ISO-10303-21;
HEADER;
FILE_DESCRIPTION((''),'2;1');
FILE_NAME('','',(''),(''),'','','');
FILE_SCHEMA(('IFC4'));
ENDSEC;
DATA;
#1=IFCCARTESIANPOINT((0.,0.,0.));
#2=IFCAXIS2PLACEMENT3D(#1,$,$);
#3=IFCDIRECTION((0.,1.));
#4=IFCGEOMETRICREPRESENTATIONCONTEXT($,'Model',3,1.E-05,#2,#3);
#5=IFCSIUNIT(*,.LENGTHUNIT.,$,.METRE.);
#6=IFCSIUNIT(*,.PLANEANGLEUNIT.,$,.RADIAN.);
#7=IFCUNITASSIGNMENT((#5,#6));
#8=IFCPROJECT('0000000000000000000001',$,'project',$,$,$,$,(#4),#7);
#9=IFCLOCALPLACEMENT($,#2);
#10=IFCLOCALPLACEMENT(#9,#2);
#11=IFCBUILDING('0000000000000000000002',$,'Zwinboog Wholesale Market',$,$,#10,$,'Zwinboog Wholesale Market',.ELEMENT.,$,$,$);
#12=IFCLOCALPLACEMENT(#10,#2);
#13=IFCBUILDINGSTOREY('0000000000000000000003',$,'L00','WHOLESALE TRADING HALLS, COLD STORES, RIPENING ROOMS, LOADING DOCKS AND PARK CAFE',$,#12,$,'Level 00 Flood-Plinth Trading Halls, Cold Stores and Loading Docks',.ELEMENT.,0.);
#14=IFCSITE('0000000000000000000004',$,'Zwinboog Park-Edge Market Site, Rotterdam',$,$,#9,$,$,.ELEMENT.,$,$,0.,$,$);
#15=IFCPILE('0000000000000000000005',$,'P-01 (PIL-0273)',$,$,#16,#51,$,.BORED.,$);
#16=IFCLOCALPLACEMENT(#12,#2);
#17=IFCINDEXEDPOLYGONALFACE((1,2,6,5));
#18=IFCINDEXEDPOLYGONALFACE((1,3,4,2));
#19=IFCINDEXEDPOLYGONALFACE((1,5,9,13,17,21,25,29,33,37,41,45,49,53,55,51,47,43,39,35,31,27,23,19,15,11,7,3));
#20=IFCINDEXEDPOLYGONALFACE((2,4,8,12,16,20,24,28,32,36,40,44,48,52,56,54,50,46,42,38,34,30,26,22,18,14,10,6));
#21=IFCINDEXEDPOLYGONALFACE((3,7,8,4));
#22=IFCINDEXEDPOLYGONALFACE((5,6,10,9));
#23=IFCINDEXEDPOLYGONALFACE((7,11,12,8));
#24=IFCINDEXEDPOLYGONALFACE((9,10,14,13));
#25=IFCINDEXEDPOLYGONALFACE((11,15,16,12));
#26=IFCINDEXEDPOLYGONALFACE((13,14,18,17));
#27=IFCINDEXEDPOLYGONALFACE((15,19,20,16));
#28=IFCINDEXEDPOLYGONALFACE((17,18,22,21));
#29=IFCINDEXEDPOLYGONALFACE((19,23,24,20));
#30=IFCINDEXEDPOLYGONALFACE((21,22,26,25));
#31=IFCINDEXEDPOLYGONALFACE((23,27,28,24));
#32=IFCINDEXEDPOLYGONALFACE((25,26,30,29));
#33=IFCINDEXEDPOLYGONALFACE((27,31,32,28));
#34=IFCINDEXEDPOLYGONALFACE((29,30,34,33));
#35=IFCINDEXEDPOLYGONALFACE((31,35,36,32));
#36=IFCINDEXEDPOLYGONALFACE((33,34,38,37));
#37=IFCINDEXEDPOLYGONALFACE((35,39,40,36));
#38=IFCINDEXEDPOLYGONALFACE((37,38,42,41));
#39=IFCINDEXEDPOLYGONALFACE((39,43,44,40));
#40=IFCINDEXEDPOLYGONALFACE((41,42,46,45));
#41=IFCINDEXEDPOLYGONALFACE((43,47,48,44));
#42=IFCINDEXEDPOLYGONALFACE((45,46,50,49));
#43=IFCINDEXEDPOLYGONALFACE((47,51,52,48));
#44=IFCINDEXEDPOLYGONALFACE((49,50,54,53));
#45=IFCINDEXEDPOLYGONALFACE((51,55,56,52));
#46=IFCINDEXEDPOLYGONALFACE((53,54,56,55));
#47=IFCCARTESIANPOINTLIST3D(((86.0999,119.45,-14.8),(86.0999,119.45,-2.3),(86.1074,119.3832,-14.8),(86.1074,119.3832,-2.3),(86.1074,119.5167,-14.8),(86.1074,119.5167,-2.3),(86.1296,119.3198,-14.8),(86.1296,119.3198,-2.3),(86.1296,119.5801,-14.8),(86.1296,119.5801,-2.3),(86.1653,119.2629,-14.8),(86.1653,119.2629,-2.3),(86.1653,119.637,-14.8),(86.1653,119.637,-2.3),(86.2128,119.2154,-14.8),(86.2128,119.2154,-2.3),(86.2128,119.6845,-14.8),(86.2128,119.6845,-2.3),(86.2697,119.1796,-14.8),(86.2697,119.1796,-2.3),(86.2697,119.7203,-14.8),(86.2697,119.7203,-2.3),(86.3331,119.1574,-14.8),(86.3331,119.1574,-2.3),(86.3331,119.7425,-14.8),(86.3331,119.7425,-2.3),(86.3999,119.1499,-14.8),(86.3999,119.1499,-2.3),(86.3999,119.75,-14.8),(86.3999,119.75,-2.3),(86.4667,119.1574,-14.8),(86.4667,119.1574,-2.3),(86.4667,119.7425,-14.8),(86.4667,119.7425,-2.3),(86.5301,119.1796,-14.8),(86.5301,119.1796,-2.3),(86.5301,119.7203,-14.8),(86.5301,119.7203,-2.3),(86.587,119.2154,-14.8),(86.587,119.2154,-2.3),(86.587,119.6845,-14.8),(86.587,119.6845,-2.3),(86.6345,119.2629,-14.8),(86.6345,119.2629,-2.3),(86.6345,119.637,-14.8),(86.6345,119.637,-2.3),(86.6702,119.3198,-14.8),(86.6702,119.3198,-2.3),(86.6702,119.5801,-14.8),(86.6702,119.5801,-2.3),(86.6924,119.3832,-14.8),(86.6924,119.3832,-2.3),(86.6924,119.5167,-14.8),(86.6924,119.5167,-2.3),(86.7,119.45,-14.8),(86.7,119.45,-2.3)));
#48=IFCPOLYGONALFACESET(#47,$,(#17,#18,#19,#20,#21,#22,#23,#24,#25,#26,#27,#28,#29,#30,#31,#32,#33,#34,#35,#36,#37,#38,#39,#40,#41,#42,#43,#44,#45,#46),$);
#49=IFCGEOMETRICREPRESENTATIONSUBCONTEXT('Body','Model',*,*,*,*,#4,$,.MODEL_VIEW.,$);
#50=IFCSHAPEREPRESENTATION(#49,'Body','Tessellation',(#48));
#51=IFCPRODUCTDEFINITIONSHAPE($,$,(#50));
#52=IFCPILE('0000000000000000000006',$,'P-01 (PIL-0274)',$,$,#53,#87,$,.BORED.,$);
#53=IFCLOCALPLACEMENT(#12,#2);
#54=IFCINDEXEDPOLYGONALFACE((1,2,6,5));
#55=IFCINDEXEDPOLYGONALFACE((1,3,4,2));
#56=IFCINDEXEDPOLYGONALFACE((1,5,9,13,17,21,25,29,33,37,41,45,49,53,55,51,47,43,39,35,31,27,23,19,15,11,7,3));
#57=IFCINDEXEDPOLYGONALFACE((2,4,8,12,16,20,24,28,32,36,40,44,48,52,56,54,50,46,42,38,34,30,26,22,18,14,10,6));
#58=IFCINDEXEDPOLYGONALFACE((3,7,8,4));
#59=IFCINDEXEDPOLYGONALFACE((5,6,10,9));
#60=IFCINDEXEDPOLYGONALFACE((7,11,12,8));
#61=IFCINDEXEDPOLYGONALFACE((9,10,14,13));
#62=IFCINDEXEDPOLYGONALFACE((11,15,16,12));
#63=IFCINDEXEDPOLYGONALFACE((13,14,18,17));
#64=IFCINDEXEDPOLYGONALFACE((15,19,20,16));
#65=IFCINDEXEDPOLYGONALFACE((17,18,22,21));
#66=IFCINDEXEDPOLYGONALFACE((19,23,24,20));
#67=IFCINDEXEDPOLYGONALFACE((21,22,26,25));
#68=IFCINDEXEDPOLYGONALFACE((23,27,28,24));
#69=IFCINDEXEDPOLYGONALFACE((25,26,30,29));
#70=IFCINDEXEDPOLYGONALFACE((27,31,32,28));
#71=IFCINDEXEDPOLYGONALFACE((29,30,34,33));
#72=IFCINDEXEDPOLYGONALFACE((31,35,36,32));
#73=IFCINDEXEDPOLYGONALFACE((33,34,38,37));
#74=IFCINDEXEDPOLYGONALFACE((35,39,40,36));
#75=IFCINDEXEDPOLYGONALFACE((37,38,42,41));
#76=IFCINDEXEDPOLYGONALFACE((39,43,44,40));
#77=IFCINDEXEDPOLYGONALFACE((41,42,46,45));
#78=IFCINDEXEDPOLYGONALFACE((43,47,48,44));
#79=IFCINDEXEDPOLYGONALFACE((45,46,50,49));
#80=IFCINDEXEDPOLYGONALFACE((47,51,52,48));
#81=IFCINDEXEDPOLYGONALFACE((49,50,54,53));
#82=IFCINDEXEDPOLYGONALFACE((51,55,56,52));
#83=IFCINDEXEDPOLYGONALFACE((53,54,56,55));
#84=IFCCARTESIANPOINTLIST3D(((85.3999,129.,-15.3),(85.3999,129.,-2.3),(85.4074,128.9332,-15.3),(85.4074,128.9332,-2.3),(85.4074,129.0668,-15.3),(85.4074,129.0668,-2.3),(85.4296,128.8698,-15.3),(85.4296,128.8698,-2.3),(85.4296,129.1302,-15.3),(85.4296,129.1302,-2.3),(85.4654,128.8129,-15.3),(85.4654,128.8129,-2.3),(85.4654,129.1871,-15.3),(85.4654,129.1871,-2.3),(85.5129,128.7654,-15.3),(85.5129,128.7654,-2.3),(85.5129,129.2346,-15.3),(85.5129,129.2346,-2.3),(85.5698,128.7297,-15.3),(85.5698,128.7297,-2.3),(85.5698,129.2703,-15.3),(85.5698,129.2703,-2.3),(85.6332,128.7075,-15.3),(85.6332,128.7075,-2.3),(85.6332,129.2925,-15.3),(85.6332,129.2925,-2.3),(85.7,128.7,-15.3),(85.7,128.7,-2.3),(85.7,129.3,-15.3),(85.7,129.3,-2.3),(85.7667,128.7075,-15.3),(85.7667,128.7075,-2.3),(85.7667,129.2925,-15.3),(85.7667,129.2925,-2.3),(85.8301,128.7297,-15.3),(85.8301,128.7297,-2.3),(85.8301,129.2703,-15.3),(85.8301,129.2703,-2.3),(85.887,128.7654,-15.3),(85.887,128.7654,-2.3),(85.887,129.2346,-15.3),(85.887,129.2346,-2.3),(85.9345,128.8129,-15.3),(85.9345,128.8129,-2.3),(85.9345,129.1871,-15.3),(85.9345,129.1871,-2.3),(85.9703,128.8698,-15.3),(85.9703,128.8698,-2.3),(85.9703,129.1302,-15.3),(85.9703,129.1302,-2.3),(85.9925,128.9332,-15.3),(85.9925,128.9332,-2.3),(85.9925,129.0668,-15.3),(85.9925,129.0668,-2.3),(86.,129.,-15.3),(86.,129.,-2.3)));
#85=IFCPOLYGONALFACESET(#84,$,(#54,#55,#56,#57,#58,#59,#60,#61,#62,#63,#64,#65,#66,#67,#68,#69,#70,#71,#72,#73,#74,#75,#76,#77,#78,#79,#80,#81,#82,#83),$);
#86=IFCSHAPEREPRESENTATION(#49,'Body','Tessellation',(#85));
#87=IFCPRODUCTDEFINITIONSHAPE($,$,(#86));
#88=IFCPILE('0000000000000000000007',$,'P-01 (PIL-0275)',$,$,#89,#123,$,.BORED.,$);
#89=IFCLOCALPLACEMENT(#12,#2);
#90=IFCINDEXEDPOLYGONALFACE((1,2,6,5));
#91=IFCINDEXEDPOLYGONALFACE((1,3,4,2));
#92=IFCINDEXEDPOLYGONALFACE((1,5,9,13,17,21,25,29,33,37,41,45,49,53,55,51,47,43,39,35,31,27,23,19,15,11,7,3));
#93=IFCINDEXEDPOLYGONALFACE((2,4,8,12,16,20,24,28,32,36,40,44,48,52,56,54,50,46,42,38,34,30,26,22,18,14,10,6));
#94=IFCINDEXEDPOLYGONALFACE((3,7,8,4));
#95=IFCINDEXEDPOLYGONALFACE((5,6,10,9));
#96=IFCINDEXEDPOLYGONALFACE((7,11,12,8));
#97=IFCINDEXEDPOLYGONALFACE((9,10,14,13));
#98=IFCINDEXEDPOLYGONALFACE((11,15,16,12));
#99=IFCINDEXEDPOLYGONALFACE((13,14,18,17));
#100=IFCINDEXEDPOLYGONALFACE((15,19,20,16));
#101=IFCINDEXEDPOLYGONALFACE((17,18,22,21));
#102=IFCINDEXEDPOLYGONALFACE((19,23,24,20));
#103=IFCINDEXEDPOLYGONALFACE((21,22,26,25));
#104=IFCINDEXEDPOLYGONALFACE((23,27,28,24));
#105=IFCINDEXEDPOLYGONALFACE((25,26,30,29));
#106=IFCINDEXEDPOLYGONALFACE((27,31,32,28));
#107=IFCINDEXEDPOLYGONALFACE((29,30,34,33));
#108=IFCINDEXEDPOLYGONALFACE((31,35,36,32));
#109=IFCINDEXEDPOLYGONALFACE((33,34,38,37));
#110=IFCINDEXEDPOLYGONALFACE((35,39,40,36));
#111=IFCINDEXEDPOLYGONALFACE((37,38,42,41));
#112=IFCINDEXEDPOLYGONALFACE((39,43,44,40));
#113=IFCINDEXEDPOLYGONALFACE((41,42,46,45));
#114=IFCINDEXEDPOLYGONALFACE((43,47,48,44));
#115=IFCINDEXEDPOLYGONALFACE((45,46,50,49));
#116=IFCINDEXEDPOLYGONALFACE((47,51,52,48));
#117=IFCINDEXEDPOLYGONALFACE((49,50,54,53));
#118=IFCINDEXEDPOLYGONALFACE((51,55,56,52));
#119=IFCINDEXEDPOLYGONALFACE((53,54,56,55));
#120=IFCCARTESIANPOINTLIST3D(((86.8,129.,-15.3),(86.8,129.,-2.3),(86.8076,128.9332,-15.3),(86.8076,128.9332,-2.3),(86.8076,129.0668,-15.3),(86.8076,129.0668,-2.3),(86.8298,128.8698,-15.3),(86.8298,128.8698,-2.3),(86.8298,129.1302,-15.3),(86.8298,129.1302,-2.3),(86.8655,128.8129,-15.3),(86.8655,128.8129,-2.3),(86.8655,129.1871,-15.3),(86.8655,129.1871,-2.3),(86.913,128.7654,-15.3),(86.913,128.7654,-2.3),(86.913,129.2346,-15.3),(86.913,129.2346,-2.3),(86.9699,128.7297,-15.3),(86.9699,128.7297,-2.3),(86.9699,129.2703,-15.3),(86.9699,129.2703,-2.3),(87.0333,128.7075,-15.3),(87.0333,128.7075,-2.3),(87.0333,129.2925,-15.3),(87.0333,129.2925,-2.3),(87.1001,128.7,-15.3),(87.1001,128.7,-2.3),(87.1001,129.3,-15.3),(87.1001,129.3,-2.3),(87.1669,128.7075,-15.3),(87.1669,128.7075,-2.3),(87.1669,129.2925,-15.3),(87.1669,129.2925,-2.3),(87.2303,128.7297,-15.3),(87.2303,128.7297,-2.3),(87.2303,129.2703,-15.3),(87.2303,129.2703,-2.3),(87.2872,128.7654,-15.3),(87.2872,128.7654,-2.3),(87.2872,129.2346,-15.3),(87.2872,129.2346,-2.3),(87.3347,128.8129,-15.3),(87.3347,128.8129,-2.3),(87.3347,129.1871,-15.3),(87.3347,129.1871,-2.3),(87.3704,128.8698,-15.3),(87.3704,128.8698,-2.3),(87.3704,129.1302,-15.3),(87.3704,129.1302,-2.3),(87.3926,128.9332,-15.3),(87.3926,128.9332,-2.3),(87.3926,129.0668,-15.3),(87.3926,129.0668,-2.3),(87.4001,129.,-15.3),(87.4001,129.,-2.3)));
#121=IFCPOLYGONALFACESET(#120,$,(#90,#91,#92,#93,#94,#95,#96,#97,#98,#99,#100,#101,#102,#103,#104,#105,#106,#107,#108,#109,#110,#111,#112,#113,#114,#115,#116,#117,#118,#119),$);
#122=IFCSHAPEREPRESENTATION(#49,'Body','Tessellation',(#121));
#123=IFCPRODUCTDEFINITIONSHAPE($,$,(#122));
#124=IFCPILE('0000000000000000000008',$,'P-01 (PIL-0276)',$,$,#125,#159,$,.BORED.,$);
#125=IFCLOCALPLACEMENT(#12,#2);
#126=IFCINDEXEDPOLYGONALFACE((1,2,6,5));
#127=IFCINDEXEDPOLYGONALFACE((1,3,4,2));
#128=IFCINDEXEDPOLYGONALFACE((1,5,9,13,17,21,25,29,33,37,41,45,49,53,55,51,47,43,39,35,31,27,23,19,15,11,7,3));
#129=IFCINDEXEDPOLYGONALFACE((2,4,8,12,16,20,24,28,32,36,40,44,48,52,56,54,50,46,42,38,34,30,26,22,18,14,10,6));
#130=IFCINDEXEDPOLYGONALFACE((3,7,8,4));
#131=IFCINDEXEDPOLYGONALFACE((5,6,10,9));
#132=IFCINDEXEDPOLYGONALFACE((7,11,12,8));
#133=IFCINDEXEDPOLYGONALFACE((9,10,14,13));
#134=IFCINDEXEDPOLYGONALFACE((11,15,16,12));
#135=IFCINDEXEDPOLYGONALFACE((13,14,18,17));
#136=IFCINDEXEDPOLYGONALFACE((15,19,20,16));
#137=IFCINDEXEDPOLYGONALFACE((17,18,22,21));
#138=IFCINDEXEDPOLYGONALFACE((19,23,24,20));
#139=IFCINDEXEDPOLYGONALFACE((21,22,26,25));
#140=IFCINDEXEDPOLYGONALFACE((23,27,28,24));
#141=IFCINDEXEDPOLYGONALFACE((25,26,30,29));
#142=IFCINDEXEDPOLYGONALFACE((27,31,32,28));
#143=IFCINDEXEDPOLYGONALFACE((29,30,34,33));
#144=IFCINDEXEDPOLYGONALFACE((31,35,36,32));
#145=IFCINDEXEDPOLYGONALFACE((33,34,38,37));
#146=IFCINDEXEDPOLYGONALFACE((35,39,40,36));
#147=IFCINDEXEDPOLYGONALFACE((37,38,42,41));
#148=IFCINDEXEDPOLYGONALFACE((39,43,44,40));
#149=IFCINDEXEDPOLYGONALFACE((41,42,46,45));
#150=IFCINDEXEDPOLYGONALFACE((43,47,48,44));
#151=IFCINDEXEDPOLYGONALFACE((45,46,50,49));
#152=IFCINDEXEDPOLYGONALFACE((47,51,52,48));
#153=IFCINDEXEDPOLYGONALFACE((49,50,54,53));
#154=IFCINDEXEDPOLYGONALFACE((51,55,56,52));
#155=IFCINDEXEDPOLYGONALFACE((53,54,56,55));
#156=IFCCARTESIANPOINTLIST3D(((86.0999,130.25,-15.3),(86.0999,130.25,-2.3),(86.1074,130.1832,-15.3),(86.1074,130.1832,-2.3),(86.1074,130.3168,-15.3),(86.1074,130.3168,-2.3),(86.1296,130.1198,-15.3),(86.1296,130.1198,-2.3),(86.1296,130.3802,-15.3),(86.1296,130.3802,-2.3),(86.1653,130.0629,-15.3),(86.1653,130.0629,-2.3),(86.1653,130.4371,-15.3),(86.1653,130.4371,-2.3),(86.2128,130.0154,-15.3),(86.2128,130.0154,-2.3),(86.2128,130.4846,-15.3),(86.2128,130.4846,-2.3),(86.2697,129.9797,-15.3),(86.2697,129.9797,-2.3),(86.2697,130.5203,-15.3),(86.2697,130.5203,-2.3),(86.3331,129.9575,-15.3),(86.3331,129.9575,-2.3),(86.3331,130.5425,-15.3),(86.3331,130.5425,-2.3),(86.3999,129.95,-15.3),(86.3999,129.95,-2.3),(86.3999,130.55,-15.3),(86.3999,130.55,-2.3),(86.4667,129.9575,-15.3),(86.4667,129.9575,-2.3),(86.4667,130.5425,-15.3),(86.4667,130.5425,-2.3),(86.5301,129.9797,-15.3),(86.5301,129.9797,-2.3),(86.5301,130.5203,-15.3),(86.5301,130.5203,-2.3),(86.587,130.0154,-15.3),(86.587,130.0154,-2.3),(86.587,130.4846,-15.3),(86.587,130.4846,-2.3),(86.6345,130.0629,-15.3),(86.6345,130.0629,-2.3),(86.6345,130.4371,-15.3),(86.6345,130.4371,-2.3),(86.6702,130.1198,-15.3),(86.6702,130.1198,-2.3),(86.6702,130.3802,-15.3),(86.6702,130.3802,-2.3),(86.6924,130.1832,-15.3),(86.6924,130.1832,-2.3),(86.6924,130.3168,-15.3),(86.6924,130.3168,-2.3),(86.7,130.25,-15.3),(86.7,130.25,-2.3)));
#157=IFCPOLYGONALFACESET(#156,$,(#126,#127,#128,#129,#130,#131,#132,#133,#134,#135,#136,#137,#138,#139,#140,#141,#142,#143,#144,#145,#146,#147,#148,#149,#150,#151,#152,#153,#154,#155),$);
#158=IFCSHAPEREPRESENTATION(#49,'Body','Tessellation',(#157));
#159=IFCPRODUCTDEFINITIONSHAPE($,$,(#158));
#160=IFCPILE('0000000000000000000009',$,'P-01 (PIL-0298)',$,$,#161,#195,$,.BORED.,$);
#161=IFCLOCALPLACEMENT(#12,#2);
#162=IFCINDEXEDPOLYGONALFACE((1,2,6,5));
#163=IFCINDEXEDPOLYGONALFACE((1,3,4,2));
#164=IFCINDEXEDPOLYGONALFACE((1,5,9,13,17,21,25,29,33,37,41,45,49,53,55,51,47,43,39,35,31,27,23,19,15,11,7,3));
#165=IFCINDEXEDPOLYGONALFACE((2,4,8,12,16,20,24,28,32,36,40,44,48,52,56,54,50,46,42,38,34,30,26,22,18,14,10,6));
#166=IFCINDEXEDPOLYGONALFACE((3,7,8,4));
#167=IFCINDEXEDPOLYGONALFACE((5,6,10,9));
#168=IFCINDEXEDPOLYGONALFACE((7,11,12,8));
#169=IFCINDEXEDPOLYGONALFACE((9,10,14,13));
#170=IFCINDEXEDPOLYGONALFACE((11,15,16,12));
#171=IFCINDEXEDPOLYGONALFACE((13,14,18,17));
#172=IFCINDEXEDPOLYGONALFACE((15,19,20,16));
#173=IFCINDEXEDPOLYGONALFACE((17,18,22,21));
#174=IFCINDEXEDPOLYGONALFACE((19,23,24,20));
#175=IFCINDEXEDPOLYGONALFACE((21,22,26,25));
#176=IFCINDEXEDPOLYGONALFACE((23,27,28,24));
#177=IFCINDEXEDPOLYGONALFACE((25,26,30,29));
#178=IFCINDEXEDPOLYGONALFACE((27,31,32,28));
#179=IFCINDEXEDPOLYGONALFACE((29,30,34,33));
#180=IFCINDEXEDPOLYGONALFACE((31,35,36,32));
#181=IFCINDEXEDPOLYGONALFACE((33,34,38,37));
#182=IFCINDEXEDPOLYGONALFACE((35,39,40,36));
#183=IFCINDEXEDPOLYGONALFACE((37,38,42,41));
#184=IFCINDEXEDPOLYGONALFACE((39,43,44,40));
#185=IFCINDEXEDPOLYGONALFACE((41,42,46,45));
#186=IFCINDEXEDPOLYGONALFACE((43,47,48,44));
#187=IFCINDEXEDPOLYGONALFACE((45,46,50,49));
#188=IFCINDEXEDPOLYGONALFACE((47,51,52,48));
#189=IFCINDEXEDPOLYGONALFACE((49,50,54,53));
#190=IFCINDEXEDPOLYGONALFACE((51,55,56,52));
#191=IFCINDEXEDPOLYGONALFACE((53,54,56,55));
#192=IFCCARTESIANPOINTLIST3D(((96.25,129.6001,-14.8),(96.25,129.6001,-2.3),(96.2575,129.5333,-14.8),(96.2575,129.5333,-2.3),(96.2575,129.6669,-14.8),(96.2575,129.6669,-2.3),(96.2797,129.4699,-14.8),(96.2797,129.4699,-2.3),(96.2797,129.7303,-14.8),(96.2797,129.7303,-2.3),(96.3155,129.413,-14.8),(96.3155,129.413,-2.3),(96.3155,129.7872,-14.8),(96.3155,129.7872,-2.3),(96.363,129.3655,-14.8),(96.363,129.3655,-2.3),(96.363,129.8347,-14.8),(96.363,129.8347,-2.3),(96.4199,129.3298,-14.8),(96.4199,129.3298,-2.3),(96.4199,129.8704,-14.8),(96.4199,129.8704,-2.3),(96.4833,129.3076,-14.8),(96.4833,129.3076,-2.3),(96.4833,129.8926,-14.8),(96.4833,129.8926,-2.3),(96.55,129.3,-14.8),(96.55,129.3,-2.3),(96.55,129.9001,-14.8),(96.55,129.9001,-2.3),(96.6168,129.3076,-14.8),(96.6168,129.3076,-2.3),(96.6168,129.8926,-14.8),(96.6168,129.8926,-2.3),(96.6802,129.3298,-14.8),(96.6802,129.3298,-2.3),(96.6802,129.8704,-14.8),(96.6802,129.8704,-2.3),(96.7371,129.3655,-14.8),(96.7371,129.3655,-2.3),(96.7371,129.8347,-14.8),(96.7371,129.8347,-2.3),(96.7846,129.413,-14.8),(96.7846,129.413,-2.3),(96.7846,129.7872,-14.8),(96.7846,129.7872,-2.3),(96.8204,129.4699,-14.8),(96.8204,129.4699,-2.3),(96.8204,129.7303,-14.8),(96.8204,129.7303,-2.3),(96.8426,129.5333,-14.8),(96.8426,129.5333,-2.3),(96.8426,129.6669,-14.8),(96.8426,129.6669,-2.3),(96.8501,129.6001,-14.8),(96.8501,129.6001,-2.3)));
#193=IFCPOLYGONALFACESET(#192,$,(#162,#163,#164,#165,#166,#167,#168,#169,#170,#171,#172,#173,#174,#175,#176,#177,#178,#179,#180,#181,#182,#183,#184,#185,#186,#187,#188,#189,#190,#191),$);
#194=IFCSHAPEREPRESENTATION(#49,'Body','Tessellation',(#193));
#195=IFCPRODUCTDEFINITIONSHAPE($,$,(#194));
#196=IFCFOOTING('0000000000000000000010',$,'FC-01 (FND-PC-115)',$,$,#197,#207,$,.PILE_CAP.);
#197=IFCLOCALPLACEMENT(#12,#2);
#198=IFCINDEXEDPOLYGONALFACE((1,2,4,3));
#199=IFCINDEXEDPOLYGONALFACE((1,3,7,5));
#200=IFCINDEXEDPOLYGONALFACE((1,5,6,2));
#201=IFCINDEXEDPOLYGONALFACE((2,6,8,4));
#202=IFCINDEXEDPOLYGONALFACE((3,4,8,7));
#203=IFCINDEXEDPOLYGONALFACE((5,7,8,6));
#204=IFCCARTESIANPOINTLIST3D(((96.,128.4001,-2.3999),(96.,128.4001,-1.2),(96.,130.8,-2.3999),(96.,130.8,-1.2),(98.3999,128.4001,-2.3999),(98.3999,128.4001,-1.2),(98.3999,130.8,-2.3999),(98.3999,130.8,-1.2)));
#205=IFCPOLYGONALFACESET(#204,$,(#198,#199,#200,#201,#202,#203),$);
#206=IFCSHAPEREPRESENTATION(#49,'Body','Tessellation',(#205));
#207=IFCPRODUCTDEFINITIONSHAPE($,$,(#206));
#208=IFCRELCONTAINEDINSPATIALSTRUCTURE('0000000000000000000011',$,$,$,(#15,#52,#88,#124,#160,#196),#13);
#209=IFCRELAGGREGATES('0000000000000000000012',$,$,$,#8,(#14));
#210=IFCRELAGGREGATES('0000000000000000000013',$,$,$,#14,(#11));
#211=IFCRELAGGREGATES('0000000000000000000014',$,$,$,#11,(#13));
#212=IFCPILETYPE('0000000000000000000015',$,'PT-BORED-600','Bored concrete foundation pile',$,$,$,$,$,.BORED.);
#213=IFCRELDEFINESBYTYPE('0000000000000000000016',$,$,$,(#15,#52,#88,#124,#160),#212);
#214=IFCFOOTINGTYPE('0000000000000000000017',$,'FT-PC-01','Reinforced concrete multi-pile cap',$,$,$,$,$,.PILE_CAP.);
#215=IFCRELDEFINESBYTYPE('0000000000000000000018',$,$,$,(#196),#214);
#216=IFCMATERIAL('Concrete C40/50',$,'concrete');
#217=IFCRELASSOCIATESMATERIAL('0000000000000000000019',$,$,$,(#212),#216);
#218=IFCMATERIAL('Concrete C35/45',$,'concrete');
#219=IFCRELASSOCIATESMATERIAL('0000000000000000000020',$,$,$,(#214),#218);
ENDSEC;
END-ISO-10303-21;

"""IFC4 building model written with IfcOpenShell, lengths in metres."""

from ifc_helpers import new_model, si_unit, direction, frame, origin, origin_2d, place, context, subcontext, project, spatial, rectangle, circle, extrude, material, material_profile, profile_set, type_object, element, save


model = new_model("IFC4")

# Units and contexts
model_context = context("Model", 3, precision=1e-05, world=origin(), true_north=direction((0.0, 1.0)))
body_context = subcontext(model_context, "Body", "Model", "MODEL_VIEW")
ifc_project = project(units=[si_unit("LENGTHUNIT", "METRE"), si_unit("PLANEANGLEUNIT", "RADIAN")], contexts=[model_context])

# Site, building, storey
site_placement = place(None, origin())
site = spatial("IfcSite", under=ifc_project, at=site_placement, Name="Zwinboog Park-Edge Market Site, Rotterdam", CompositionType="ELEMENT", RefElevation=0.0)
building_placement = place(site_placement, origin())
building = spatial("IfcBuilding", under=site, at=building_placement, Name="Zwinboog Wholesale Market", LongName="Zwinboog Wholesale Market", CompositionType="ELEMENT")
storey_placement = place(building_placement, origin())
storey = spatial("IfcBuildingStorey", under=building, at=storey_placement, Name="L00", Description="WHOLESALE TRADING HALLS, COLD STORES, RIPENING ROOMS, LOADING DOCKS AND PARK CAFE", LongName="Level 00 Flood-Plinth Trading Halls, Cold Stores and Loading Docks", CompositionType="ELEMENT", Elevation=0.0)

# Piles
ifc_material_1 = material(Name="Concrete C40/50", Category="concrete")
ifc_material_profile_1 = material_profile(ifc_material_1, circle(Radius=0.3, at=origin_2d()), Name="PILE D600")
ifc_profile_set_1 = profile_set([ifc_material_profile_1], Name="Concrete C40/50")
pile_type = type_object("IfcPileType", Name="PT-BORED-600", Description="Bored concrete foundation pile", PredefinedType="BORED", material=ifc_profile_set_1)
pile_1_placement = place(storey_placement, frame((86.3999, 119.45, -2.3), z_axis=(0.0, 0.0, -1.0), x_axis=(1.0, 0.0, 0.0)))
element("IfcPile", 1, at=pile_1_placement, inside=storey, type_object=pile_type, Name="P-01 (PIL-0273)", PredefinedType="BORED", context=body_context, shape_type="SweptSolid", body=[
    extrude(circle(Radius=0.3, at=origin_2d()), origin(), (0.0, 0.0, 1.0), 12.5),
])
for number, where, z_axis, x_axis, name in (
    (2, (85.7, 129.0, -2.3), (0.0, 0.0, -1.0), (1.0, 0.0, 0.0), "P-01 (PIL-0274)"),
    (3, (87.1001, 129.0, -2.3), (0.0, 0.0, -1.0), (1.0, 0.0, 0.0), "P-01 (PIL-0275)"),
    (4, (86.3999, 130.25, -2.3), (0.0, 0.0, -1.0), (1.0, 0.0, 0.0), "P-01 (PIL-0276)"),
):
    element("IfcPile", number, at=place(storey_placement, frame(where, z_axis=z_axis, x_axis=x_axis)), inside=storey, type_object=pile_type, Name=name, PredefinedType="BORED", context=body_context, shape_type="SweptSolid", body=[
        extrude(circle(Radius=0.3, at=origin_2d()), origin(), (0.0, 0.0, 1.0), 13.0),
    ])
pile_2_placement = place(storey_placement, frame((96.55, 129.6001, -2.3), z_axis=(0.0, 0.0, -1.0), x_axis=(1.0, 0.0, 0.0)))
element("IfcPile", 5, at=pile_2_placement, inside=storey, type_object=pile_type, Name="P-01 (PIL-0298)", PredefinedType="BORED", context=body_context, shape_type="SweptSolid", body=[
    extrude(circle(Radius=0.3, at=origin_2d()), origin(), (0.0, 0.0, 1.0), 12.5),
])

# Footing
ifc_material_2 = material(Name="Concrete C35/45", Category="concrete")
footing_type_1 = type_object("IfcFootingType", Name="FT-PC-01", Description="Reinforced concrete multi-pile cap", PredefinedType="PILE_CAP", material=ifc_material_2)
footing_1_placement = place(storey_placement, frame((97.2, 129.6001, -2.3999), z_axis=(0.0, 0.0, 1.0), x_axis=(1.0, 0.0, 0.0)))
element("IfcFooting", 6, at=footing_1_placement, inside=storey, type_object=footing_type_1, Name="FC-01 (FND-PC-115)", PredefinedType="PILE_CAP", context=body_context, shape_type="SweptSolid", body=[
    extrude(rectangle(XDim=2.3999, YDim=2.3999, at=origin_2d()), origin(), (0.0, 0.0, 1.0), 1.2),
])

save(model, "model.ifc")
